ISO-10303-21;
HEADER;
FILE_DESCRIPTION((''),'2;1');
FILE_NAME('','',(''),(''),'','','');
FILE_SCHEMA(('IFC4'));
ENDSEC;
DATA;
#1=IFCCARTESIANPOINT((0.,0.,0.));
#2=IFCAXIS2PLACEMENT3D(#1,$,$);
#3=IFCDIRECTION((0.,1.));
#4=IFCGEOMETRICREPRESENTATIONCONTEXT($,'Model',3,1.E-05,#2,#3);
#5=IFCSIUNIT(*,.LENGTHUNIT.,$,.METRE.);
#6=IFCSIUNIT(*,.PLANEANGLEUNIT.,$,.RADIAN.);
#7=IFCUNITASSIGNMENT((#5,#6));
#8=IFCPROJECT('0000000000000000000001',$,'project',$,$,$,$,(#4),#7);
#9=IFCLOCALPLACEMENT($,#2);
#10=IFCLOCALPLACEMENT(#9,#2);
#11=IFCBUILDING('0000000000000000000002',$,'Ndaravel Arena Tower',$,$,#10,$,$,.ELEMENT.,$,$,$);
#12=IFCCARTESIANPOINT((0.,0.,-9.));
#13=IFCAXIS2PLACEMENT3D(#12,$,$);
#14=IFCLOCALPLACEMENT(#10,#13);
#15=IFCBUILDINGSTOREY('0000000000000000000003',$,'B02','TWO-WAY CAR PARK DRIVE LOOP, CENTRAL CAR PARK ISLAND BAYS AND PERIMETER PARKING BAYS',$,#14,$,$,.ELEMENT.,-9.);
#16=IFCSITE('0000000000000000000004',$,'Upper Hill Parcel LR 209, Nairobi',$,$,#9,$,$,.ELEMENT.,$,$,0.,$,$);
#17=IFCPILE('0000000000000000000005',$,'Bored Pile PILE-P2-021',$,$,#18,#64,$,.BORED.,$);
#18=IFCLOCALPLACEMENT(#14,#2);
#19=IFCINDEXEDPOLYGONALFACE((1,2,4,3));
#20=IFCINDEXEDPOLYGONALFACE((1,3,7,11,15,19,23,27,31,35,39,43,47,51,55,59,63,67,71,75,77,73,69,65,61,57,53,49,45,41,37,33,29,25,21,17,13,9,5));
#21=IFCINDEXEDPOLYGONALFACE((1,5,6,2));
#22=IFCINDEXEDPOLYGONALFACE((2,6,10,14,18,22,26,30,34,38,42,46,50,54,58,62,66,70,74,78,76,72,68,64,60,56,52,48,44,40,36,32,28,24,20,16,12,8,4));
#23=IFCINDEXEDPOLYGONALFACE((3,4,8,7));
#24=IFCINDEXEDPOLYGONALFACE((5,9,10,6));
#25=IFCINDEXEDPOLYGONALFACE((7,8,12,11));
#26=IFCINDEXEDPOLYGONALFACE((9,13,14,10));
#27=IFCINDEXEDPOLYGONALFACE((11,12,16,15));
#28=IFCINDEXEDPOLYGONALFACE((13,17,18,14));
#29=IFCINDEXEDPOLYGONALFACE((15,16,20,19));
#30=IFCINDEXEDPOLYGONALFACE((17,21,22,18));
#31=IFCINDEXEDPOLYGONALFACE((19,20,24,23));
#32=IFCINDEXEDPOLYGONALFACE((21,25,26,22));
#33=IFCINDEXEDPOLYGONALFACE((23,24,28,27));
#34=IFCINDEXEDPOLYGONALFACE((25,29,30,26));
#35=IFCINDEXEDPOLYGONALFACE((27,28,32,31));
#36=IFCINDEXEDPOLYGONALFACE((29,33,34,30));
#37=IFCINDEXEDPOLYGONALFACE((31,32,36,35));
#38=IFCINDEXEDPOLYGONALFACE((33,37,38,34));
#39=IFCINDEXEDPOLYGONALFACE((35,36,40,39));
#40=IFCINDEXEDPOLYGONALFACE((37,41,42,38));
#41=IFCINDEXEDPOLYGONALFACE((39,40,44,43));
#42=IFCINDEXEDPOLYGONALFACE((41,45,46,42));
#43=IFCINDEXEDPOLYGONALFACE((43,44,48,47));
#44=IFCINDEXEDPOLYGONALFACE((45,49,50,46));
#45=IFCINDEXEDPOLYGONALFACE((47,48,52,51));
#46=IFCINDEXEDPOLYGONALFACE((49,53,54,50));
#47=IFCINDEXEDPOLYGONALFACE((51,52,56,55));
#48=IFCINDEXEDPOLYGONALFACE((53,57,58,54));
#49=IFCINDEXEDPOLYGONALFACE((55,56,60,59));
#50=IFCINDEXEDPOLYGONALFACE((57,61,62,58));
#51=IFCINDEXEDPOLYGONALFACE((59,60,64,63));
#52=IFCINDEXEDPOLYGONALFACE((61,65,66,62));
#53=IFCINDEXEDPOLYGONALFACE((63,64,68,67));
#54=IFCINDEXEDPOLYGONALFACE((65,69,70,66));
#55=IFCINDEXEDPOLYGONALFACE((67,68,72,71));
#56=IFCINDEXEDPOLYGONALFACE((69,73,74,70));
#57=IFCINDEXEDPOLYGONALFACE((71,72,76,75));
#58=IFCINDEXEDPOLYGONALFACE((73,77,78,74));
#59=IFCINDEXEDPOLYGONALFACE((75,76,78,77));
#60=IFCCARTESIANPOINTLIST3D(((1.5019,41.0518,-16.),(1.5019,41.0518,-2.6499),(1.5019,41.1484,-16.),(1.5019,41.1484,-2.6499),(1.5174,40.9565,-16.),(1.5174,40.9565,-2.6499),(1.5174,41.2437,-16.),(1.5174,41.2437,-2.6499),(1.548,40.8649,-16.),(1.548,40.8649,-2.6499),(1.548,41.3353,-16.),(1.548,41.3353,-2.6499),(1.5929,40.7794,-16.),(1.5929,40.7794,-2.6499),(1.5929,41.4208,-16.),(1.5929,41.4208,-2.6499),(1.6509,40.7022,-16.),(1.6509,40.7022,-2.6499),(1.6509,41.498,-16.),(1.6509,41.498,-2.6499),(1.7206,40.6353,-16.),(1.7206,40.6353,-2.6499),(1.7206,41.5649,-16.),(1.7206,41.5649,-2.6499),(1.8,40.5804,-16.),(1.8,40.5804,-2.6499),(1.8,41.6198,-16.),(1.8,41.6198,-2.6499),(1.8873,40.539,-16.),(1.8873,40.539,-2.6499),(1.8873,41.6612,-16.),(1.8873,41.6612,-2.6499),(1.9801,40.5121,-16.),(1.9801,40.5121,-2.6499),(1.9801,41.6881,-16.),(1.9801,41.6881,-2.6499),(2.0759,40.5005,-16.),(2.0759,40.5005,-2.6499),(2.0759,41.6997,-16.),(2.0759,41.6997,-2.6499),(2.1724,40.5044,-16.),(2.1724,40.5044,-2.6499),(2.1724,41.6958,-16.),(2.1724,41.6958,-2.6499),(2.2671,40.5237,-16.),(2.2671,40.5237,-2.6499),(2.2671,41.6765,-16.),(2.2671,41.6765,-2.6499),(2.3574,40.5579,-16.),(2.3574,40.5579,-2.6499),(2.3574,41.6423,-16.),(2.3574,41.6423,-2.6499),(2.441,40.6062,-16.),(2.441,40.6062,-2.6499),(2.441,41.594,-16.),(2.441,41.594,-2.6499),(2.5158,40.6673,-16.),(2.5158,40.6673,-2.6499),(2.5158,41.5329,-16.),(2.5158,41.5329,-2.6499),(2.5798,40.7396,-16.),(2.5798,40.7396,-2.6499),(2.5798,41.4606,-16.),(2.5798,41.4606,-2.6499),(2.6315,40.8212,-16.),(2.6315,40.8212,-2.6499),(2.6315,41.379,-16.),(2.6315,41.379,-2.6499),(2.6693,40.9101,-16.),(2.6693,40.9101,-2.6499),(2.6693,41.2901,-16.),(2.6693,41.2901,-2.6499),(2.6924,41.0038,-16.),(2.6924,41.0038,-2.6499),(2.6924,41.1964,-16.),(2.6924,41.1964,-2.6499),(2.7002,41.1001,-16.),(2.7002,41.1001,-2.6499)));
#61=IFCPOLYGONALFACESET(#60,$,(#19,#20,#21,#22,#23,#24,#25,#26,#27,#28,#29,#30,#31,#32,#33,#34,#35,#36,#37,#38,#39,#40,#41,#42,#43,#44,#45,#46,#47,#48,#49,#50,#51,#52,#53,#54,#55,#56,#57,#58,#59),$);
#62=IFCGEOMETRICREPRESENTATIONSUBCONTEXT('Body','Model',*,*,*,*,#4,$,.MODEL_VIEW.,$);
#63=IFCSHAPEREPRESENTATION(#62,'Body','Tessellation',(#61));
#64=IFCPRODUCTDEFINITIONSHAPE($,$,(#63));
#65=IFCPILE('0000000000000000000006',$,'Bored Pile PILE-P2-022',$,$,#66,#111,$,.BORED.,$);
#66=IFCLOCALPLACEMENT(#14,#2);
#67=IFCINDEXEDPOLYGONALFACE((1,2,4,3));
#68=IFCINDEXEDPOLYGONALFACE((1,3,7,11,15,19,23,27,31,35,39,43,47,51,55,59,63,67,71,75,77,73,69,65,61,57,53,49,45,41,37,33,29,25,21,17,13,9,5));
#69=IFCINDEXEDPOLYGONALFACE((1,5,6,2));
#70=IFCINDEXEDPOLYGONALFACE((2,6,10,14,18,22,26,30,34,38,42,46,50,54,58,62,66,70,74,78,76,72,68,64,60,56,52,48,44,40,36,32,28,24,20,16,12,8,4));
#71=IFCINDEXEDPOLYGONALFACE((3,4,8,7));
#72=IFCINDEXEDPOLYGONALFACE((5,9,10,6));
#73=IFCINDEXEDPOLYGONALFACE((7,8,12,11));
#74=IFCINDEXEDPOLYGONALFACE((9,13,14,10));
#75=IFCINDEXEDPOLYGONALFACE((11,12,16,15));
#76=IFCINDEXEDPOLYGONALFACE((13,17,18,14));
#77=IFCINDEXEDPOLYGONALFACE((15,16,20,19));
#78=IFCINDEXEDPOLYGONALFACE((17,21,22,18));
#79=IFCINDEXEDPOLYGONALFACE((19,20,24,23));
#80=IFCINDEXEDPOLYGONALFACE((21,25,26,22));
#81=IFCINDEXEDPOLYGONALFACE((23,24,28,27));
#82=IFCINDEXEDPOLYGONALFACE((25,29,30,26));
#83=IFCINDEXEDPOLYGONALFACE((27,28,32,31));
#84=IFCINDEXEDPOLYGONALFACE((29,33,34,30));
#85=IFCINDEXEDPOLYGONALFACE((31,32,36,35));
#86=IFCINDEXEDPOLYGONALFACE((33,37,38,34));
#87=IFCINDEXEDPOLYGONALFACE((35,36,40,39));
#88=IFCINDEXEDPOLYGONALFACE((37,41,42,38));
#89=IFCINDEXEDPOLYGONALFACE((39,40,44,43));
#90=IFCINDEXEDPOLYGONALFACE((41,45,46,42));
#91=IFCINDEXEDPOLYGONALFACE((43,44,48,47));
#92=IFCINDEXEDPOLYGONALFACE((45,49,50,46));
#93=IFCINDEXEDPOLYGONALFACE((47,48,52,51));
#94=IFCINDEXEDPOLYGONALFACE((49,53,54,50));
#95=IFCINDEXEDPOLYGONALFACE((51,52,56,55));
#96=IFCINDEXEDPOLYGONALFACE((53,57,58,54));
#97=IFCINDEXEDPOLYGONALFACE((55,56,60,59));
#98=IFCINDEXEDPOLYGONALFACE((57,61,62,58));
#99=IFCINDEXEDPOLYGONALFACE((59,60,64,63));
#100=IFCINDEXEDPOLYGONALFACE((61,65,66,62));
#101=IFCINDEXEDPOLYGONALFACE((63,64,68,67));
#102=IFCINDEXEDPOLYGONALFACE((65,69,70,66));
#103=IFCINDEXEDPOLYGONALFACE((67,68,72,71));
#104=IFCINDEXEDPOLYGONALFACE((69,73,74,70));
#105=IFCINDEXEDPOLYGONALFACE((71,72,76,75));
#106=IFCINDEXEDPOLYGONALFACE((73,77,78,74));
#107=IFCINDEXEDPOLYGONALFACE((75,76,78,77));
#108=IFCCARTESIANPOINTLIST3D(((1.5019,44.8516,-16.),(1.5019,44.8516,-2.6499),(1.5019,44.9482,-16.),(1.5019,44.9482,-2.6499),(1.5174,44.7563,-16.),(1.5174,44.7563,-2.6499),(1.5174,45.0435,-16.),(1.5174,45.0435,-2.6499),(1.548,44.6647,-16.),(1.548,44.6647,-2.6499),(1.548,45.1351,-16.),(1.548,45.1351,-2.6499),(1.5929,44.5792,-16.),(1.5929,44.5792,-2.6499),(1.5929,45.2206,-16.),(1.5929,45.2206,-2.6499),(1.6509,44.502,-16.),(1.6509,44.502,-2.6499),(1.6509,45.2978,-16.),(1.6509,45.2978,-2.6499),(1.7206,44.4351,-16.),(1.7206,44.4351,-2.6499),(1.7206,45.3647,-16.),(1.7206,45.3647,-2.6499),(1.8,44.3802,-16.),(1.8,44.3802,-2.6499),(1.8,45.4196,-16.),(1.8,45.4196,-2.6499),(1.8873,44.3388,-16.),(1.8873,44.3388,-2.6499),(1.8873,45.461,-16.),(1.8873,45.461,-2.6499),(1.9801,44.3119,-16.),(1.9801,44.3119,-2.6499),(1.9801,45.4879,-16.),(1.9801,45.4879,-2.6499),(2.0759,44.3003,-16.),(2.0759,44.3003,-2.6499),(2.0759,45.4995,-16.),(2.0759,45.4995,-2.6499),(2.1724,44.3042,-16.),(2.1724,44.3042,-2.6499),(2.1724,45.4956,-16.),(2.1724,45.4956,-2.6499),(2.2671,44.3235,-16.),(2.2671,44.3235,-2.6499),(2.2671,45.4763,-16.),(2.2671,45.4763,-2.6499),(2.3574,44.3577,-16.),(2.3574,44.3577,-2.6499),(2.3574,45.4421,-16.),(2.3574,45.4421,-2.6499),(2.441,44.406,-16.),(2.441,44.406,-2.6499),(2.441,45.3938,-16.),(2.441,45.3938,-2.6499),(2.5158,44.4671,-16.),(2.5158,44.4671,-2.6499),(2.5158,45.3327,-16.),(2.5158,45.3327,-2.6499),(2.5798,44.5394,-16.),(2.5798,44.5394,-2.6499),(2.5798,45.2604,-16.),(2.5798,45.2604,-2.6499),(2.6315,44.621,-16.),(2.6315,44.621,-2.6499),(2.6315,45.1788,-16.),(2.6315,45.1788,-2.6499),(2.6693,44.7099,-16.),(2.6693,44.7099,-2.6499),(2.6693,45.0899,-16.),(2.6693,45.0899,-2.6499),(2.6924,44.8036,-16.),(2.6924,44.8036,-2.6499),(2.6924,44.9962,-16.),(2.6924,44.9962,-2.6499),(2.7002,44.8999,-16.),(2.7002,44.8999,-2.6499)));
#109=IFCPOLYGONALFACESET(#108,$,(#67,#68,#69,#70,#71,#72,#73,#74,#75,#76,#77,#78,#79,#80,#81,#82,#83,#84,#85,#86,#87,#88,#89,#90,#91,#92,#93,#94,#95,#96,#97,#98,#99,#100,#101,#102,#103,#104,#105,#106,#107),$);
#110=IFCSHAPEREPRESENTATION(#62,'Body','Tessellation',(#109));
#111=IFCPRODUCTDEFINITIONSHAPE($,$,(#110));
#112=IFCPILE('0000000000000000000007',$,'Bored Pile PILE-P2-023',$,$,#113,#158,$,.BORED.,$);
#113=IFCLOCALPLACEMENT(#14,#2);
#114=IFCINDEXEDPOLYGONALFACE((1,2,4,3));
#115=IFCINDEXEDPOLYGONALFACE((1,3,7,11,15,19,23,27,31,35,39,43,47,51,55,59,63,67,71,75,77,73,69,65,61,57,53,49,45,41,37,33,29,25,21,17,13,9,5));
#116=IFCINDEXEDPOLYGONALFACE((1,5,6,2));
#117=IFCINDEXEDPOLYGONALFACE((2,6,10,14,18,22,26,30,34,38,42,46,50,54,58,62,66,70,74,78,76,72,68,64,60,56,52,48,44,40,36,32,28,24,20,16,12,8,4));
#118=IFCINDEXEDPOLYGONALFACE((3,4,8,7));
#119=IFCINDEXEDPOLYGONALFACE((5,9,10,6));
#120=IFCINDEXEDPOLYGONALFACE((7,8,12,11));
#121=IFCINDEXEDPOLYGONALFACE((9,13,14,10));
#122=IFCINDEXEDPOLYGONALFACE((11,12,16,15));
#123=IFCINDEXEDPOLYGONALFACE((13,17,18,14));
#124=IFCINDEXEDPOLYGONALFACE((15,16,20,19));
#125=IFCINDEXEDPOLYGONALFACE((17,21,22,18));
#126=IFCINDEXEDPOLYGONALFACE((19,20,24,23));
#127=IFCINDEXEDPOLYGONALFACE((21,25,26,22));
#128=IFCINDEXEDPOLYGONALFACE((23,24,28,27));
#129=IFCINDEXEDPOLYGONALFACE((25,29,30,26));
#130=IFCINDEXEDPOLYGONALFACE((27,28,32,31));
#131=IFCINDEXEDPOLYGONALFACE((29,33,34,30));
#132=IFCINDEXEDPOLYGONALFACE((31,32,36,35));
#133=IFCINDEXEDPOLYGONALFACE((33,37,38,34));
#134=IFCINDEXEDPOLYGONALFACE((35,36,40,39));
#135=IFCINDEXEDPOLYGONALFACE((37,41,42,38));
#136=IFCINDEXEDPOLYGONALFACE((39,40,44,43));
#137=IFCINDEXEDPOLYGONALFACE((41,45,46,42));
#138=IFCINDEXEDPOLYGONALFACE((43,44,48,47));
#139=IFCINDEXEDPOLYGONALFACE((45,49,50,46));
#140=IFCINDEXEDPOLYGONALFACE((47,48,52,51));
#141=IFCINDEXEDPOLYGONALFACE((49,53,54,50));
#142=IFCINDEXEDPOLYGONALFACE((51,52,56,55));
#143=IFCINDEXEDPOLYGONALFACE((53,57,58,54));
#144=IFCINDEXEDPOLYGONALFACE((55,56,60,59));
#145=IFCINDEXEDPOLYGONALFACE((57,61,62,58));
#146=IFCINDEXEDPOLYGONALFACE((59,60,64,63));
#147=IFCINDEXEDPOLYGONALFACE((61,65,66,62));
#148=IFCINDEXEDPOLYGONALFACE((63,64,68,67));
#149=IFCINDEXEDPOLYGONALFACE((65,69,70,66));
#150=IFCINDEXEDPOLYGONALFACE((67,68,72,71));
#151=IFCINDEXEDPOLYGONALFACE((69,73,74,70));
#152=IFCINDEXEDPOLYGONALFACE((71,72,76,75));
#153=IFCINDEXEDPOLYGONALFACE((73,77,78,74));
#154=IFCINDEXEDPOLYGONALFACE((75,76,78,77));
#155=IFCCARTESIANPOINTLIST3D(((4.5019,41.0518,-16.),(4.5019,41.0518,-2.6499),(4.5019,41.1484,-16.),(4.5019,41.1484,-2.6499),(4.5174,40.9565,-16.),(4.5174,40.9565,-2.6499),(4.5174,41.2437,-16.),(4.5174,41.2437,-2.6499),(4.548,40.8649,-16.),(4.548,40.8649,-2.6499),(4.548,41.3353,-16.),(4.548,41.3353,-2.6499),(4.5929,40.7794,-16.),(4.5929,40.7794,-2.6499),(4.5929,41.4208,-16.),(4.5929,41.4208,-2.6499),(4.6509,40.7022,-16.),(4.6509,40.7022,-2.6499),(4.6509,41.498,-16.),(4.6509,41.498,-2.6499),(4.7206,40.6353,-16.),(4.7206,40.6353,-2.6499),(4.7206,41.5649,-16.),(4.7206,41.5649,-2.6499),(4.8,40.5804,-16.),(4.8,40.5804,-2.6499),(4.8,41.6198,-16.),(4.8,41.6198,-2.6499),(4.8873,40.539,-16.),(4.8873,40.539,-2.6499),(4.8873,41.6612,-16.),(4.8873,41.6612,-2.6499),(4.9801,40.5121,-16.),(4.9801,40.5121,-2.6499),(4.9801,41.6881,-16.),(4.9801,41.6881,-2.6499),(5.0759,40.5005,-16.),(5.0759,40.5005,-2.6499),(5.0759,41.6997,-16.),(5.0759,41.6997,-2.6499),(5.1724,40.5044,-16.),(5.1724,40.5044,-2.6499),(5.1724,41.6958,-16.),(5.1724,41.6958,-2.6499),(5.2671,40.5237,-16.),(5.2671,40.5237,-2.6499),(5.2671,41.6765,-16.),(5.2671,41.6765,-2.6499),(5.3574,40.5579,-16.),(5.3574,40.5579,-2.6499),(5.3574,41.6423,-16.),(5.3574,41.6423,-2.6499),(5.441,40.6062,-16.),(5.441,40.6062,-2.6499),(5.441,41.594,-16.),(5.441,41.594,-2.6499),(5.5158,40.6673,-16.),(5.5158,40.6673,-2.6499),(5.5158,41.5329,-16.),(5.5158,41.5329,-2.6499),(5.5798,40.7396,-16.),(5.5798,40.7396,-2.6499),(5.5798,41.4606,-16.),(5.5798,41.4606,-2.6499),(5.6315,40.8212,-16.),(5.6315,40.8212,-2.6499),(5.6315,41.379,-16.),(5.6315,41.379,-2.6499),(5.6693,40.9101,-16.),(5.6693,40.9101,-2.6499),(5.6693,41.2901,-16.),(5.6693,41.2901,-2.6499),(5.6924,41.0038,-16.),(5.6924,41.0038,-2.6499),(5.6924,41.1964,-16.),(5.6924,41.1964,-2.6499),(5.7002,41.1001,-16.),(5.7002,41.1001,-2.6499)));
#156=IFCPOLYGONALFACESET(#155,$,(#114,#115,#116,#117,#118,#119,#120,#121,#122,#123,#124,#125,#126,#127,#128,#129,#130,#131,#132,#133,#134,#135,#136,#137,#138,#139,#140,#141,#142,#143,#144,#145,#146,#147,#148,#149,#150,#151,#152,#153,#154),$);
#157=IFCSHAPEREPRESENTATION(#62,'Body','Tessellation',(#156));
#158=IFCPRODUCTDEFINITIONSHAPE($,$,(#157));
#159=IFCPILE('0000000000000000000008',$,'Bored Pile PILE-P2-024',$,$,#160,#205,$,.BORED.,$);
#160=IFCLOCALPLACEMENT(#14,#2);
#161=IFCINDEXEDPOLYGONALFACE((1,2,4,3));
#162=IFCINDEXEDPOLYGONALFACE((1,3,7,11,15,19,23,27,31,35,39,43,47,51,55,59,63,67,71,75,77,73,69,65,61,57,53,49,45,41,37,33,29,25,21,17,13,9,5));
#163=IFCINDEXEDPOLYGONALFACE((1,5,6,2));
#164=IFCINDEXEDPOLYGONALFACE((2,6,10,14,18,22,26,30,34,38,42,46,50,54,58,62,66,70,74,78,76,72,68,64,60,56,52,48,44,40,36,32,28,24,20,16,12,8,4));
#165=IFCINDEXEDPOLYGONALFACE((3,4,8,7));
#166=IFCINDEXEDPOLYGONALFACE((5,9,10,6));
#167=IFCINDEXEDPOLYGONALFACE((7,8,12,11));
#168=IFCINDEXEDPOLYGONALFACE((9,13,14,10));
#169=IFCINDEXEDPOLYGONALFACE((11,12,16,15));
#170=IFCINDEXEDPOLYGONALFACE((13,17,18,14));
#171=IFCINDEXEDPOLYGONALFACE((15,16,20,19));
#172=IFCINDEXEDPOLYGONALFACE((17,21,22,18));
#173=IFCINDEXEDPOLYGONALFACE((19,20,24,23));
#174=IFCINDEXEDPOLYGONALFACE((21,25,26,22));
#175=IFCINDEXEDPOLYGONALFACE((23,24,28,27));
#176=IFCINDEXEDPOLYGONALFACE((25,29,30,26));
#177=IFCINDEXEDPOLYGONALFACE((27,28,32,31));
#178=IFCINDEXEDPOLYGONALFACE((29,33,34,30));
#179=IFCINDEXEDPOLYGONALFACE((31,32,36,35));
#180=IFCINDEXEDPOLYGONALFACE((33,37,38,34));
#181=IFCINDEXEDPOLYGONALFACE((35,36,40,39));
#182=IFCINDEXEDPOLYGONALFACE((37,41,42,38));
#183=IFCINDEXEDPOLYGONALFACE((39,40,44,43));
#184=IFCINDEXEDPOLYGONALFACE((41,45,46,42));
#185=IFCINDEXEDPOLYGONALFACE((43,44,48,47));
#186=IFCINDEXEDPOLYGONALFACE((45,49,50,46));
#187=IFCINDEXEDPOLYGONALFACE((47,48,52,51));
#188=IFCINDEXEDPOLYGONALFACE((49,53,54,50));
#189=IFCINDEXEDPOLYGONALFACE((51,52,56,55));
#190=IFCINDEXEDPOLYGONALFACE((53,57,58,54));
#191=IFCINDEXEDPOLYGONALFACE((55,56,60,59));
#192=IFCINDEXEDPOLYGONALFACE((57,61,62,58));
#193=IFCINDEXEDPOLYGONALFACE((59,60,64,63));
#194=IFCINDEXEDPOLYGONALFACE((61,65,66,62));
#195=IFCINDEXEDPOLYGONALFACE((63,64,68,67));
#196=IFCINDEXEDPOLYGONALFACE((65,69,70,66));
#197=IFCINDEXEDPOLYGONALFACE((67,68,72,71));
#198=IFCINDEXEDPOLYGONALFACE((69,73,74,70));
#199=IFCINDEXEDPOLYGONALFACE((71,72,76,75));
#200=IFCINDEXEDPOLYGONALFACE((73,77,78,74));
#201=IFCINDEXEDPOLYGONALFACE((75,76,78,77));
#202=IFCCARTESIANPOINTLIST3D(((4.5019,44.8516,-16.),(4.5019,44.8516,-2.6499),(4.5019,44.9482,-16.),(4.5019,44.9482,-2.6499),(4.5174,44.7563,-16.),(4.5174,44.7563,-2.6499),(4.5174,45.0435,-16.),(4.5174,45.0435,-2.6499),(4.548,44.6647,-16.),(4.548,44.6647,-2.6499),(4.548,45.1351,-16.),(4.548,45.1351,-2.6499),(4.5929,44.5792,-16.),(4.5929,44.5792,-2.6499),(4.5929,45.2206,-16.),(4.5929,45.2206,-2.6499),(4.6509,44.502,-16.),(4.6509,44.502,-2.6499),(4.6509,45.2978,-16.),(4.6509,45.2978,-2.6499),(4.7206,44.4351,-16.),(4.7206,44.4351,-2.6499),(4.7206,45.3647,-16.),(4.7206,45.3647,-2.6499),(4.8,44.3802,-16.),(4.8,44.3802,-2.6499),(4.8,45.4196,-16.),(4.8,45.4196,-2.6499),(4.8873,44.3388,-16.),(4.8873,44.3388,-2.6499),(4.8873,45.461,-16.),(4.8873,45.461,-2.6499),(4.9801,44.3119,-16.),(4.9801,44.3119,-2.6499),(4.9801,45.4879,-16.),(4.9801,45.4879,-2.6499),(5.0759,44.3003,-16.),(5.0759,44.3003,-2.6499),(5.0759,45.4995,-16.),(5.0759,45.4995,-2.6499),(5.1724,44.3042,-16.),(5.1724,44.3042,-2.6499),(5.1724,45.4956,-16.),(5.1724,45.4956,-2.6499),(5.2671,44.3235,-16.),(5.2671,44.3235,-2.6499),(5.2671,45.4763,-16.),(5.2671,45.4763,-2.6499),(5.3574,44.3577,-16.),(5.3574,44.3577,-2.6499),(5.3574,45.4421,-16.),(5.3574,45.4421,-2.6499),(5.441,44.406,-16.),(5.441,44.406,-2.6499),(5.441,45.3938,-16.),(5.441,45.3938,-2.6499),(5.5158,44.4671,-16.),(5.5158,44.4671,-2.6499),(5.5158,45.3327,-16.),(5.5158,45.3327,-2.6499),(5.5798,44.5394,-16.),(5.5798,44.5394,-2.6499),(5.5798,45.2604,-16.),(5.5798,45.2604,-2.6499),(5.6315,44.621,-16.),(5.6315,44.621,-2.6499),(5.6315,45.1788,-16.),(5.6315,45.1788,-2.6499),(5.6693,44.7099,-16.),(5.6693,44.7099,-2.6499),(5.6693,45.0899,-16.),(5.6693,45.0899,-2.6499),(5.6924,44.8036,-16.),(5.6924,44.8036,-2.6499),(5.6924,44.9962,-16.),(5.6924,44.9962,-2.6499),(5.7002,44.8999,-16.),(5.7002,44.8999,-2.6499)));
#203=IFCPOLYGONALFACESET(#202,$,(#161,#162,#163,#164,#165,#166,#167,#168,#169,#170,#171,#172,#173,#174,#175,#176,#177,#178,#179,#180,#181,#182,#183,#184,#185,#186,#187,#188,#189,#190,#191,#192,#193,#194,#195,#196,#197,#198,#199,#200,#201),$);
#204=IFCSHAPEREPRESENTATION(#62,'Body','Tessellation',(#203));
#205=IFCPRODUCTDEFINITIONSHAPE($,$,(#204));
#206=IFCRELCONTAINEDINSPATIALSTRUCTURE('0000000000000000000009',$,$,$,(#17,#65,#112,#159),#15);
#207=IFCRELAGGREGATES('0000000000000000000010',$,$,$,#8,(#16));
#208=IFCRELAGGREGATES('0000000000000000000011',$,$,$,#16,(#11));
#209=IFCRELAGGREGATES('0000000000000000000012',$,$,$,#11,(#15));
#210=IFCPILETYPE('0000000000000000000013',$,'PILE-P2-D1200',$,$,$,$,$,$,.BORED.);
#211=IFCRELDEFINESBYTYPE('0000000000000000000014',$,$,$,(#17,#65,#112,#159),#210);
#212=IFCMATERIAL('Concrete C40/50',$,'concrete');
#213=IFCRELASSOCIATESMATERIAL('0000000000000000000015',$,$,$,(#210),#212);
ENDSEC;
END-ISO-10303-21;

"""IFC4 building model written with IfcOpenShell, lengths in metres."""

from ifc_helpers import new_model, si_unit, direction, frame, origin, origin_2d, place, context, subcontext, project, spatial, circle, extrude, material, material_profile, profile_set, type_object, element, save


model = new_model("IFC4")

# Units and contexts
model_context = context("Model", 3, precision=1e-05, world=origin(), true_north=direction((0.0, 1.0)))
body_context = subcontext(model_context, "Body", "Model", "MODEL_VIEW")
ifc_project = project(units=[si_unit("LENGTHUNIT", "METRE"), si_unit("PLANEANGLEUNIT", "RADIAN")], contexts=[model_context])

# Site, building, storey
site_placement = place(None, origin())
site = spatial("IfcSite", under=ifc_project, at=site_placement, Name="Upper Hill Parcel LR 209, Nairobi", CompositionType="ELEMENT", RefElevation=0.0)
building_placement = place(site_placement, origin())
building = spatial("IfcBuilding", under=site, at=building_placement, Name="Ndaravel Arena Tower", CompositionType="ELEMENT")
storey_placement = place(building_placement, frame((0.0, 0.0, -9.0)))
storey = spatial("IfcBuildingStorey", under=building, at=storey_placement, Name="B02", Description="TWO-WAY CAR PARK DRIVE LOOP, CENTRAL CAR PARK ISLAND BAYS AND PERIMETER PARKING BAYS", CompositionType="ELEMENT", Elevation=-9.0)

# Piles
ifc_material_1 = material(Name="Concrete C40/50", Category="concrete")
ifc_material_profile_1 = material_profile(ifc_material_1, circle(Radius=0.6001, at=origin_2d()), Name="BORED PILE D1200")
ifc_profile_set_1 = profile_set([ifc_material_profile_1], Name="Concrete C40/50")
pile_type_1 = type_object("IfcPileType", Name="PILE-P2-D1200", PredefinedType="BORED", material=ifc_profile_set_1)
for number, where, z_axis, x_axis, name in (
    (1, (2.1001, 41.1001, -2.6499), (0.0, 0.0, -1.0), (1.0, 0.0, 0.0), "Bored Pile PILE-P2-021"),
    (2, (2.1001, 44.8999, -2.6499), (0.0, 0.0, -1.0), (1.0, 0.0, 0.0), "Bored Pile PILE-P2-022"),
    (3, (5.1001, 41.1001, -2.6499), (0.0, 0.0, -1.0), (1.0, 0.0, 0.0), "Bored Pile PILE-P2-023"),
    (4, (5.1001, 44.8999, -2.6499), (0.0, 0.0, -1.0), (1.0, 0.0, 0.0), "Bored Pile PILE-P2-024"),
):
    element("IfcPile", number, at=place(storey_placement, frame(where, z_axis=z_axis, x_axis=x_axis)), inside=storey, type_object=pile_type_1, Name=name, PredefinedType="BORED", context=body_context, shape_type="SweptSolid", body=[
        extrude(circle(Radius=0.6001, at=origin_2d()), origin(), (0.0, 0.0, 1.0), 13.3501),
    ])

save(model, "model.ifc")
